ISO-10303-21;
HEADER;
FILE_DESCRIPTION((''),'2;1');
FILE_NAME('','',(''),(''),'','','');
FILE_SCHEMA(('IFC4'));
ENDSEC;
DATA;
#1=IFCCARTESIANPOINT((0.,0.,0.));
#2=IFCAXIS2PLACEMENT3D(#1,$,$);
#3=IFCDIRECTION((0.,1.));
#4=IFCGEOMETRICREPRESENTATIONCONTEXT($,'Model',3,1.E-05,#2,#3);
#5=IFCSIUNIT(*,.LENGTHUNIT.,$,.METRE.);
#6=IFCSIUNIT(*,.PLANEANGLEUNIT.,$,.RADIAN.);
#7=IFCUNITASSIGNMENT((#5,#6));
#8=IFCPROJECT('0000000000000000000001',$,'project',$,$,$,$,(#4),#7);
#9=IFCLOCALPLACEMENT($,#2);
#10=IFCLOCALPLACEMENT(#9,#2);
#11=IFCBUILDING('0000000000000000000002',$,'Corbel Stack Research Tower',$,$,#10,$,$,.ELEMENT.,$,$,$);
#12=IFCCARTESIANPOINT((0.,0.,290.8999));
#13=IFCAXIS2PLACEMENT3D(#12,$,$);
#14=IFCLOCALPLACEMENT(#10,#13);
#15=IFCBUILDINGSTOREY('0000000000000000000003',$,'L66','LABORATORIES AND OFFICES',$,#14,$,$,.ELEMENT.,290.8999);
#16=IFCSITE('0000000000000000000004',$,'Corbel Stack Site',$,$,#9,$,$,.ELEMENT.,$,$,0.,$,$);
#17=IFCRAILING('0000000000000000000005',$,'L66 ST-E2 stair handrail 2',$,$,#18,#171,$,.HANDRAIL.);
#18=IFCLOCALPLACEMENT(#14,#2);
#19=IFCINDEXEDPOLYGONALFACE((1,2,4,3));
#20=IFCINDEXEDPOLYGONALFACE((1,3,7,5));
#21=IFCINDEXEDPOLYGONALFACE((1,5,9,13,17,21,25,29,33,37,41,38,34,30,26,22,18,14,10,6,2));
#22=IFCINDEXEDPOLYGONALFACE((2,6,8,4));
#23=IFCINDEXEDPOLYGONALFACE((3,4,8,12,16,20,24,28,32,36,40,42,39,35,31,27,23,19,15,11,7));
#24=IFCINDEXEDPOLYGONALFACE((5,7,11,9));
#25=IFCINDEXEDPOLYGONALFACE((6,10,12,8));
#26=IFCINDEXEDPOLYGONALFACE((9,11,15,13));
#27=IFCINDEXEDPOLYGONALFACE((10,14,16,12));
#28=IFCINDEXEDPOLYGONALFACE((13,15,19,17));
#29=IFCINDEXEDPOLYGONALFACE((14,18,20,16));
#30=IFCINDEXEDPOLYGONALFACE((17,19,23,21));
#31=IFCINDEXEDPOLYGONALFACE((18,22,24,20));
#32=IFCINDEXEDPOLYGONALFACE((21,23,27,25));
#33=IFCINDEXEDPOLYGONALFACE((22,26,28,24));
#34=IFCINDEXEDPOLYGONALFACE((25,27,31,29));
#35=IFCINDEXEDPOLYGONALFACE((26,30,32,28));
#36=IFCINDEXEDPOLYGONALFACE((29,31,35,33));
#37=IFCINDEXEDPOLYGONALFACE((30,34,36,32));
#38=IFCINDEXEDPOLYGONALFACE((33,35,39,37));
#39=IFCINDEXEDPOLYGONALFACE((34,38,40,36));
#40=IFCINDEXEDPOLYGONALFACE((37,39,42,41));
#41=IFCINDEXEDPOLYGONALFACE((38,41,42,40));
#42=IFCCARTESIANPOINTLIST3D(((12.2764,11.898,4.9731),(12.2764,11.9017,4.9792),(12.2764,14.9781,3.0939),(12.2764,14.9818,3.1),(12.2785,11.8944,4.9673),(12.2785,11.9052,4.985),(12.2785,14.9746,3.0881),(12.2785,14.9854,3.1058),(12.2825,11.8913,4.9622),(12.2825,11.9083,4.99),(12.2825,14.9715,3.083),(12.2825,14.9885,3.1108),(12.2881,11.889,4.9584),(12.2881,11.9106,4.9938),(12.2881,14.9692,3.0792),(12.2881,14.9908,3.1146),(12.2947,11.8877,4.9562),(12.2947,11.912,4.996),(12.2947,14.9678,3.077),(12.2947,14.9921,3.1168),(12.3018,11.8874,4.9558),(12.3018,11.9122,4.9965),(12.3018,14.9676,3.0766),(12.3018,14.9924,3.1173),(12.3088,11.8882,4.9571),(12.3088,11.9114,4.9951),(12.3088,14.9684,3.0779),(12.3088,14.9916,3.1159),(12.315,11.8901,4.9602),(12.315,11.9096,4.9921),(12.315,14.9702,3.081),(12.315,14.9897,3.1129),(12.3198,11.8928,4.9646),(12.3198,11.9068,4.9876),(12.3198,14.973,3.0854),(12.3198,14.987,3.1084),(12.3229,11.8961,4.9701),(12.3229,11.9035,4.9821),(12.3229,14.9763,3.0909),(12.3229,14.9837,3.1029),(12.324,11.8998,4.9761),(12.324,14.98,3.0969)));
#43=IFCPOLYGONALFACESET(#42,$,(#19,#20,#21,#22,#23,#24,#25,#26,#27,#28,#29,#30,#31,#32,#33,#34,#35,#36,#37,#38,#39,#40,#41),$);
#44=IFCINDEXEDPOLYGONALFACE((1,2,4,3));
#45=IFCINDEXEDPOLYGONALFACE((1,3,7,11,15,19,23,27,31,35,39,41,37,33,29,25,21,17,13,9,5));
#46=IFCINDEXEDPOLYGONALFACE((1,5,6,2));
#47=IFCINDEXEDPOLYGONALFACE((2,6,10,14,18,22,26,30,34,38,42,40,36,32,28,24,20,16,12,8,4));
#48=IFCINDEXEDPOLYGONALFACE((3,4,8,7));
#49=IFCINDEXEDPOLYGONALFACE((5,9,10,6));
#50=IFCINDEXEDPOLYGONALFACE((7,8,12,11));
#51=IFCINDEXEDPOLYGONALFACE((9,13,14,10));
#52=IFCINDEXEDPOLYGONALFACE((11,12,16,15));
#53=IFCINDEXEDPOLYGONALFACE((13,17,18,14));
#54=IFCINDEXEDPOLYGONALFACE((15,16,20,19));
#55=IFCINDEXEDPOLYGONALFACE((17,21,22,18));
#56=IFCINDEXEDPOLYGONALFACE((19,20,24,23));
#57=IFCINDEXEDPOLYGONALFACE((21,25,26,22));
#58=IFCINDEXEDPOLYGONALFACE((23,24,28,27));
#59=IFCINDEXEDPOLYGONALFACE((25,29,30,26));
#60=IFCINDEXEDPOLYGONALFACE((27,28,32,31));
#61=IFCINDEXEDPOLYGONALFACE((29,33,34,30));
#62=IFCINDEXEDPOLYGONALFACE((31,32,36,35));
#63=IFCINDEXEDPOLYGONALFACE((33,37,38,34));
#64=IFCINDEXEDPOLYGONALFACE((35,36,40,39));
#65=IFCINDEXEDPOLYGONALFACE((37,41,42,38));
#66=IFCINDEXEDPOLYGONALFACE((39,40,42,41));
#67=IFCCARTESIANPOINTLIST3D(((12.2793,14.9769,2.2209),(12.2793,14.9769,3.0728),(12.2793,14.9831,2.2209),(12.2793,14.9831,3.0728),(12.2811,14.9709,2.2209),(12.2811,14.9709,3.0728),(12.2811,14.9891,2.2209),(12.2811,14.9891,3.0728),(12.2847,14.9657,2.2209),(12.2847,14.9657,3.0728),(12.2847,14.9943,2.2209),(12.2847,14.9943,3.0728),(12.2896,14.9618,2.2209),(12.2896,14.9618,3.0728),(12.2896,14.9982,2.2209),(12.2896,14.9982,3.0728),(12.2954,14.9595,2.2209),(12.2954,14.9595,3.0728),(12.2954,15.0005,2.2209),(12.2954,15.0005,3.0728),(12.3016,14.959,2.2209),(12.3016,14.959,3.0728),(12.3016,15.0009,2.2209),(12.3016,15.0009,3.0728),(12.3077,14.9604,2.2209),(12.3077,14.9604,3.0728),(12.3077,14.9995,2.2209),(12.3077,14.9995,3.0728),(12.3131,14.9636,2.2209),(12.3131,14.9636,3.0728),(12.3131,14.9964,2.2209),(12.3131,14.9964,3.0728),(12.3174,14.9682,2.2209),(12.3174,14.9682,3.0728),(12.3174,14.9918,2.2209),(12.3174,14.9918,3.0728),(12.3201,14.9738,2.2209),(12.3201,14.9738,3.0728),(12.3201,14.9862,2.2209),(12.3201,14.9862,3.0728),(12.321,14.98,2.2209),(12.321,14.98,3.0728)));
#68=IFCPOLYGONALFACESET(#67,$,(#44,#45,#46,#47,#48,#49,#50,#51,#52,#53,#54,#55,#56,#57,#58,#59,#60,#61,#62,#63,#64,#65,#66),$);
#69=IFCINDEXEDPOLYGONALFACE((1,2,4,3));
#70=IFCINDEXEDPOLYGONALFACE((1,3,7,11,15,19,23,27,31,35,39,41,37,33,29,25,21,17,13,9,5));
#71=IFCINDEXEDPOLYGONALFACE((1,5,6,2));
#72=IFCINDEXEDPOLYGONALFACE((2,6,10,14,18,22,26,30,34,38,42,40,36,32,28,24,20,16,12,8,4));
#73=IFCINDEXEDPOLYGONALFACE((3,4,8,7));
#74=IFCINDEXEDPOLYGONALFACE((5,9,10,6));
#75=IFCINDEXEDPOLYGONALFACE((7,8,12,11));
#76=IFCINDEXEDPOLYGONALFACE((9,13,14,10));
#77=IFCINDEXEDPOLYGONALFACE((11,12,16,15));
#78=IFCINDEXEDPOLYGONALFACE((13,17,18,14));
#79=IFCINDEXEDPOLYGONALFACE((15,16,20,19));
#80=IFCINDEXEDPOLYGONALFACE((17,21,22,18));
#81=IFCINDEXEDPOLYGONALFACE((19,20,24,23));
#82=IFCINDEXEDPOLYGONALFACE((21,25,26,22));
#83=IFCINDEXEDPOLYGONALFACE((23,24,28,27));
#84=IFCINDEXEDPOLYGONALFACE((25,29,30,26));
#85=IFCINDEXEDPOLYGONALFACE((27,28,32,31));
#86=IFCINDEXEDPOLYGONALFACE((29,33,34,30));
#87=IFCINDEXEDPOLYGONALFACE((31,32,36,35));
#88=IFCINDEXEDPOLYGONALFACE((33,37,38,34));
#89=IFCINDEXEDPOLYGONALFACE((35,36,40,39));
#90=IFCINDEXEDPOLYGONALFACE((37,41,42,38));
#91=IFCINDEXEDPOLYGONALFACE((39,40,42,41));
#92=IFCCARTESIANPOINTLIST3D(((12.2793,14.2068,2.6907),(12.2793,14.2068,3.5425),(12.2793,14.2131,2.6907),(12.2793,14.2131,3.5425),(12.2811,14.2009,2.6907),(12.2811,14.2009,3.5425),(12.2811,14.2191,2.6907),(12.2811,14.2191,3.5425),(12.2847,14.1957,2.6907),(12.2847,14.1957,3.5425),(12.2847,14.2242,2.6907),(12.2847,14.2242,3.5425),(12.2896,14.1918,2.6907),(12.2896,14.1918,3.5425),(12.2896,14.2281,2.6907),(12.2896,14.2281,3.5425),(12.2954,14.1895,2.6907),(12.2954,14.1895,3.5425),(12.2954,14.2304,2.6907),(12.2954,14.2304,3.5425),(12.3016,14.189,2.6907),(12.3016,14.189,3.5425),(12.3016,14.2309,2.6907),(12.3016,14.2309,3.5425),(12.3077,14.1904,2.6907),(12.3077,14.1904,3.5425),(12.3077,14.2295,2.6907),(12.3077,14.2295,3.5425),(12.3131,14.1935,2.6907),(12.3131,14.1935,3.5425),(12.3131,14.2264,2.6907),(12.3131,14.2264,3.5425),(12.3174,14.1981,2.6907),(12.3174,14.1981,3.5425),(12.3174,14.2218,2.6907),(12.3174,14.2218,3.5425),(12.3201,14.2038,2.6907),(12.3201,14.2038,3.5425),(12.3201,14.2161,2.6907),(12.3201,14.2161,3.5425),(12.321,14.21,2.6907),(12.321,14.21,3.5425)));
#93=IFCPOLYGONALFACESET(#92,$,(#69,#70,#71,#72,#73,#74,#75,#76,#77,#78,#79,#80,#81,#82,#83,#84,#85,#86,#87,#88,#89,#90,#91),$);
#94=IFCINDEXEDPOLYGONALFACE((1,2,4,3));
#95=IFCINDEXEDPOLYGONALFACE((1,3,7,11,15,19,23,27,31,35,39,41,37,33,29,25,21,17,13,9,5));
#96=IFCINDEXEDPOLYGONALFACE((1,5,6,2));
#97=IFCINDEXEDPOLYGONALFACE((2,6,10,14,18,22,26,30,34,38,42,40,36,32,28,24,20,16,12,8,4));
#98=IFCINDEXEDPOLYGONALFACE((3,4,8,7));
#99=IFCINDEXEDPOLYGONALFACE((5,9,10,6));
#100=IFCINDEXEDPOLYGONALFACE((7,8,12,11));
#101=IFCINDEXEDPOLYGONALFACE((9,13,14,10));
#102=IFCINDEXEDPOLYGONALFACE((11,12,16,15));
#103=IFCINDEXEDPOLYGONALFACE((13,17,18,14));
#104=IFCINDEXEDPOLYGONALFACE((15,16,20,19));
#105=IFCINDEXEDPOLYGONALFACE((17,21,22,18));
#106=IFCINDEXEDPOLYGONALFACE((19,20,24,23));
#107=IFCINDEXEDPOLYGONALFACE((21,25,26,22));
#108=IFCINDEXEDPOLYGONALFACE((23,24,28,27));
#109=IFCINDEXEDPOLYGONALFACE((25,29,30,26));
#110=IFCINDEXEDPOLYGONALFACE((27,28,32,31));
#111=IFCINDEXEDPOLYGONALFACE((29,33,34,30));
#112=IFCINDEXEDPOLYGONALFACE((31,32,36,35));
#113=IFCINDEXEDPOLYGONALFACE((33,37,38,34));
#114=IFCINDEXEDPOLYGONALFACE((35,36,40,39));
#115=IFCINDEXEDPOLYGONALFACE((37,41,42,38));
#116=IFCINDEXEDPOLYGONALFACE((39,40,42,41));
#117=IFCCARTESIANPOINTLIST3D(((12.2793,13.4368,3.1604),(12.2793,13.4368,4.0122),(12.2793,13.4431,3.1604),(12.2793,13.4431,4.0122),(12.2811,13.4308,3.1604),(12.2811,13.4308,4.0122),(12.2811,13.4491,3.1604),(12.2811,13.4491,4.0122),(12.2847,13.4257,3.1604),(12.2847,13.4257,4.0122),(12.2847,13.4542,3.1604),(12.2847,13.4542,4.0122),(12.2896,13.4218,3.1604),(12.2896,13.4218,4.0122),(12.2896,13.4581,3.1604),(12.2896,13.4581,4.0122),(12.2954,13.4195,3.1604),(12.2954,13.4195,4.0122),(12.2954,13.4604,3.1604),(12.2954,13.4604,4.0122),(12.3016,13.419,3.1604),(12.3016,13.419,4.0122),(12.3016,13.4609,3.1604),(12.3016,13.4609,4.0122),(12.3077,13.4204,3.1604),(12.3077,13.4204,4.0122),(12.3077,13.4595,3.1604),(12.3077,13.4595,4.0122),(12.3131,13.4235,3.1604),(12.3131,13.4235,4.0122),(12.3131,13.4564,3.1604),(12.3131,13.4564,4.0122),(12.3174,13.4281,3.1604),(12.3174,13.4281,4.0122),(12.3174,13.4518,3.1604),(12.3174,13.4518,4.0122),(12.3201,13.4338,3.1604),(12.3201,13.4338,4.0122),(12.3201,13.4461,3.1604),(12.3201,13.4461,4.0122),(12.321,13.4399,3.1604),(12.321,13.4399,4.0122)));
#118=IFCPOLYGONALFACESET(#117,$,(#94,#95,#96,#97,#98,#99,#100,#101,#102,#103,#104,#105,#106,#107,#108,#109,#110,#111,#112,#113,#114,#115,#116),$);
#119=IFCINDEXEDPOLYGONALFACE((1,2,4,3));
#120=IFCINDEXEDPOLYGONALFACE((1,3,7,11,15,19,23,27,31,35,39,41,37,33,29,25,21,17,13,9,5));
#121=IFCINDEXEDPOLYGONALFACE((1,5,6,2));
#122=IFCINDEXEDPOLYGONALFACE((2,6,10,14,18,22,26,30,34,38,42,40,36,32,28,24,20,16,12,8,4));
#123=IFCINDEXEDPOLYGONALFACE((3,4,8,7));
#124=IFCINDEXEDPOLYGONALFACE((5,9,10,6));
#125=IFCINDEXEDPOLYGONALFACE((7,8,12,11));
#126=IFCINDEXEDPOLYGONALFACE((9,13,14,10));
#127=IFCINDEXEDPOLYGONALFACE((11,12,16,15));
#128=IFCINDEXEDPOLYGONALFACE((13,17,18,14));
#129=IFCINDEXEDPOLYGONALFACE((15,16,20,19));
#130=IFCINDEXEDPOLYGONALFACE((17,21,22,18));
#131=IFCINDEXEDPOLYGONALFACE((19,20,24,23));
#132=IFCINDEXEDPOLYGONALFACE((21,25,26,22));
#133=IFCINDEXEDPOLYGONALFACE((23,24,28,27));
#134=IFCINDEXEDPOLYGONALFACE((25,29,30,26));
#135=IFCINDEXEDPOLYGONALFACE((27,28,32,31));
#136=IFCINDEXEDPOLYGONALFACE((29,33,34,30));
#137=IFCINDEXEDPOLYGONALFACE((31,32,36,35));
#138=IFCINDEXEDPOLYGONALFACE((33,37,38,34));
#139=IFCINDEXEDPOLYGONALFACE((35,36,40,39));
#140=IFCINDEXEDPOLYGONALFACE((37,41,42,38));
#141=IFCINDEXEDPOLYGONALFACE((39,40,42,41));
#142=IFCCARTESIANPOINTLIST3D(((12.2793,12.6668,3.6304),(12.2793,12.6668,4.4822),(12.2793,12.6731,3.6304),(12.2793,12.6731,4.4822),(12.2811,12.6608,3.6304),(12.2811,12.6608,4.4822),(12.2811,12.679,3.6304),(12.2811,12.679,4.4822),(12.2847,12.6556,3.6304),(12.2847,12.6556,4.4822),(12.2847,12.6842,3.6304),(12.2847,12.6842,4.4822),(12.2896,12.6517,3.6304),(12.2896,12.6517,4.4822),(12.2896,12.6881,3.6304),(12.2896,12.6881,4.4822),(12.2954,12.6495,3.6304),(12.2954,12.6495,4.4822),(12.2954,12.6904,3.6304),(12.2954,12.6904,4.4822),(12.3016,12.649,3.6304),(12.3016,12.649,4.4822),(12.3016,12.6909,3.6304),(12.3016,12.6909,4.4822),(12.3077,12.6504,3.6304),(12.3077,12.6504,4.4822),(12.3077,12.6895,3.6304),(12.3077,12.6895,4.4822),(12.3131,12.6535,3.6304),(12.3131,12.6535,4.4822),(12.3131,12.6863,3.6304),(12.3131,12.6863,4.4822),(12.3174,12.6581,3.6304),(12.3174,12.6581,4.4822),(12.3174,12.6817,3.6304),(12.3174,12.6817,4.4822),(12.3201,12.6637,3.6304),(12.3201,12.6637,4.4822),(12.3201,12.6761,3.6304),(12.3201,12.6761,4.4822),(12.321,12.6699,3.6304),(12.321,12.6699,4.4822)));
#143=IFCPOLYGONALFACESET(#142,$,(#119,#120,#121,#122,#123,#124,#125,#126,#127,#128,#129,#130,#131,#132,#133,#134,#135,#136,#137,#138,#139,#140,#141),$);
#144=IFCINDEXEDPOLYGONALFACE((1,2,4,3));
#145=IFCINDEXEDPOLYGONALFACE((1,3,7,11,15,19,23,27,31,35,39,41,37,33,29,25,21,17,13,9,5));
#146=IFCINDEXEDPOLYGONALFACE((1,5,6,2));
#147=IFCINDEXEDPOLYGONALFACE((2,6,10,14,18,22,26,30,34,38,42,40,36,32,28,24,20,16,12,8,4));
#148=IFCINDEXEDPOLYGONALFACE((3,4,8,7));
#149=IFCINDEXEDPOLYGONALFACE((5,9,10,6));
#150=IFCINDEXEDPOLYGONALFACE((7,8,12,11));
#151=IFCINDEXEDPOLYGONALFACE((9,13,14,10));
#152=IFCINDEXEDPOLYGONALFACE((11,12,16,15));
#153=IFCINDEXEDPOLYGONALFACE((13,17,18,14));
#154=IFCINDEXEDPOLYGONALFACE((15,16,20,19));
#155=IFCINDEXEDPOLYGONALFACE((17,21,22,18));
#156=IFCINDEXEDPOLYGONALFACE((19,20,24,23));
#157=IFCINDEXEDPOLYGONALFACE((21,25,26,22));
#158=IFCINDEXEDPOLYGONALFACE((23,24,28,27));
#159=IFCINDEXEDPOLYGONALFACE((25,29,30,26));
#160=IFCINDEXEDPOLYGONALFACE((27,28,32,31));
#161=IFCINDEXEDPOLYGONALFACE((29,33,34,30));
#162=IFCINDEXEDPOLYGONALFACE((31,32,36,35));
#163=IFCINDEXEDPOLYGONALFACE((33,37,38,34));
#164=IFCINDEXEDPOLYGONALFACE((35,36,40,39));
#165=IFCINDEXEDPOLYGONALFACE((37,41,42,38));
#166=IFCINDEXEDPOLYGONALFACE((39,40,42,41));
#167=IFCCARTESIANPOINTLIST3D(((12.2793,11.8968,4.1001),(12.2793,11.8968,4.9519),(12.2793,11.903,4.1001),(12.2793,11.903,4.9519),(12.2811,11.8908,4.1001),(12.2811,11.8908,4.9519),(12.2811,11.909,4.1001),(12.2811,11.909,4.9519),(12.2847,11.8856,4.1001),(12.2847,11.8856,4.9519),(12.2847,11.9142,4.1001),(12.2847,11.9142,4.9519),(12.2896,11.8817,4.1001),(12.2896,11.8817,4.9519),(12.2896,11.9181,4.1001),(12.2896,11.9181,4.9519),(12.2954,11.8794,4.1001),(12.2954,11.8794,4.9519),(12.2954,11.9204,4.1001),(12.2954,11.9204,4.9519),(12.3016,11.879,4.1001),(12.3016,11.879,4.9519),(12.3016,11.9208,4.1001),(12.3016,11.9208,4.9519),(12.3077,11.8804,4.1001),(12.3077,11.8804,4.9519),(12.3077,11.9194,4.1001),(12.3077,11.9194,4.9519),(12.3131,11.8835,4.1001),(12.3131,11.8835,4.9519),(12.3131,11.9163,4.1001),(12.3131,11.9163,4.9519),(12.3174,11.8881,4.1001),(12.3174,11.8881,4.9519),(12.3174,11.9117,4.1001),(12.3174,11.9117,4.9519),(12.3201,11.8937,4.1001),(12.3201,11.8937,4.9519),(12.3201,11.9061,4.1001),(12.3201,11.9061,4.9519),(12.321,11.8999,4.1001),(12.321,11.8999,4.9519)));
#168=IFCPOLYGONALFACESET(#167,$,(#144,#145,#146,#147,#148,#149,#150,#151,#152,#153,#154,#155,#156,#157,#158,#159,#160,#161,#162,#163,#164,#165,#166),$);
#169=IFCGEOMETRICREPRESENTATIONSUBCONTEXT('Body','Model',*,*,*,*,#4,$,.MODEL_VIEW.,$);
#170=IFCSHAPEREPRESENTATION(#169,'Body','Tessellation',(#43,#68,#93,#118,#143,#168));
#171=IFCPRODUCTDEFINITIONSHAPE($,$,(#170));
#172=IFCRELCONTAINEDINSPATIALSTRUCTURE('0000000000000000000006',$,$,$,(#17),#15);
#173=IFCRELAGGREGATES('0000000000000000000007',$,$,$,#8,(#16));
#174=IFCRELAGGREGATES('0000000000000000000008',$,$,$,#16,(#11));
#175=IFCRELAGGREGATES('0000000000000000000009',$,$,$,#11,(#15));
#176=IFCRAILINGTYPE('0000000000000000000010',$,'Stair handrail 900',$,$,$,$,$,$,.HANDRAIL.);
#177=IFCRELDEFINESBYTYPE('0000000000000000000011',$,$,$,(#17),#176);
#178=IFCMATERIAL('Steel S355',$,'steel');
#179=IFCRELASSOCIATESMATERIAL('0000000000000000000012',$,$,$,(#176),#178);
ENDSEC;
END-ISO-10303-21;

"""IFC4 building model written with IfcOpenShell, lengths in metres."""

from ifc_helpers import new_model, si_unit, direction, frame, origin, origin_2d, place, context, subcontext, project, spatial, circle, extrude, material, type_object, element, save


model = new_model("IFC4")

# Units and contexts
model_context = context("Model", 3, precision=1e-05, world=origin(), true_north=direction((0.0, 1.0)))
body_context = subcontext(model_context, "Body", "Model", "MODEL_VIEW")
ifc_project = project(units=[si_unit("LENGTHUNIT", "METRE"), si_unit("PLANEANGLEUNIT", "RADIAN")], contexts=[model_context])

# Site, building, storey
site_placement = place(None, origin())
site = spatial("IfcSite", under=ifc_project, at=site_placement, Name="Corbel Stack Site", CompositionType="ELEMENT", RefElevation=0.0)
building_placement = place(site_placement, origin())
building = spatial("IfcBuilding", under=site, at=building_placement, Name="Corbel Stack Research Tower", CompositionType="ELEMENT")
storey_placement = place(building_placement, frame((0.0, 0.0, 290.8999)))
storey = spatial("IfcBuildingStorey", under=building, at=storey_placement, Name="L66", Description="LABORATORIES AND OFFICES", CompositionType="ELEMENT", Elevation=290.8999)

# Railing
ifc_material_1 = material(Name="Steel S355", Category="steel")
railing_type_1 = type_object("IfcRailingType", Name="Stair handrail 900", PredefinedType="HANDRAIL", material=ifc_material_1)
railing_1_placement = place(storey_placement, frame((12.3, 14.98, 2.2209)))
element("IfcRailing", 1, at=railing_1_placement, inside=storey, type_object=railing_type_1, Name="L66 ST-E2 stair handrail 2", PredefinedType="HANDRAIL", context=body_context, shape_type="SweptSolid", body=[
    extrude(circle(Radius=0.0239, at=origin_2d()), frame((0.0, 0.0, 0.876), z_axis=(0.0, -0.853666, 0.52082), x_axis=(1.0, 0.0, 0.0)), (0.0, 0.0, 1.0), 3.6082),
    extrude(circle(Radius=0.021, at=origin_2d()), origin(), (0.0, 0.0, 1.0), 0.8518),
    extrude(circle(Radius=0.021, at=origin_2d()), frame((0.0, -0.77, 0.4697)), (0.0, 0.0, 1.0), 0.8518),
    extrude(circle(Radius=0.021, at=origin_2d()), frame((0.0, -1.54, 0.9395)), (0.0, 0.0, 1.0), 0.8518),
    extrude(circle(Radius=0.021, at=origin_2d()), frame((0.0, -2.3101, 1.4094)), (0.0, 0.0, 1.0), 0.8518),
    extrude(circle(Radius=0.021, at=origin_2d()), frame((0.0, -3.0801, 1.8792)), (0.0, 0.0, 1.0), 0.8518),
])

save(model, "model.ifc")
